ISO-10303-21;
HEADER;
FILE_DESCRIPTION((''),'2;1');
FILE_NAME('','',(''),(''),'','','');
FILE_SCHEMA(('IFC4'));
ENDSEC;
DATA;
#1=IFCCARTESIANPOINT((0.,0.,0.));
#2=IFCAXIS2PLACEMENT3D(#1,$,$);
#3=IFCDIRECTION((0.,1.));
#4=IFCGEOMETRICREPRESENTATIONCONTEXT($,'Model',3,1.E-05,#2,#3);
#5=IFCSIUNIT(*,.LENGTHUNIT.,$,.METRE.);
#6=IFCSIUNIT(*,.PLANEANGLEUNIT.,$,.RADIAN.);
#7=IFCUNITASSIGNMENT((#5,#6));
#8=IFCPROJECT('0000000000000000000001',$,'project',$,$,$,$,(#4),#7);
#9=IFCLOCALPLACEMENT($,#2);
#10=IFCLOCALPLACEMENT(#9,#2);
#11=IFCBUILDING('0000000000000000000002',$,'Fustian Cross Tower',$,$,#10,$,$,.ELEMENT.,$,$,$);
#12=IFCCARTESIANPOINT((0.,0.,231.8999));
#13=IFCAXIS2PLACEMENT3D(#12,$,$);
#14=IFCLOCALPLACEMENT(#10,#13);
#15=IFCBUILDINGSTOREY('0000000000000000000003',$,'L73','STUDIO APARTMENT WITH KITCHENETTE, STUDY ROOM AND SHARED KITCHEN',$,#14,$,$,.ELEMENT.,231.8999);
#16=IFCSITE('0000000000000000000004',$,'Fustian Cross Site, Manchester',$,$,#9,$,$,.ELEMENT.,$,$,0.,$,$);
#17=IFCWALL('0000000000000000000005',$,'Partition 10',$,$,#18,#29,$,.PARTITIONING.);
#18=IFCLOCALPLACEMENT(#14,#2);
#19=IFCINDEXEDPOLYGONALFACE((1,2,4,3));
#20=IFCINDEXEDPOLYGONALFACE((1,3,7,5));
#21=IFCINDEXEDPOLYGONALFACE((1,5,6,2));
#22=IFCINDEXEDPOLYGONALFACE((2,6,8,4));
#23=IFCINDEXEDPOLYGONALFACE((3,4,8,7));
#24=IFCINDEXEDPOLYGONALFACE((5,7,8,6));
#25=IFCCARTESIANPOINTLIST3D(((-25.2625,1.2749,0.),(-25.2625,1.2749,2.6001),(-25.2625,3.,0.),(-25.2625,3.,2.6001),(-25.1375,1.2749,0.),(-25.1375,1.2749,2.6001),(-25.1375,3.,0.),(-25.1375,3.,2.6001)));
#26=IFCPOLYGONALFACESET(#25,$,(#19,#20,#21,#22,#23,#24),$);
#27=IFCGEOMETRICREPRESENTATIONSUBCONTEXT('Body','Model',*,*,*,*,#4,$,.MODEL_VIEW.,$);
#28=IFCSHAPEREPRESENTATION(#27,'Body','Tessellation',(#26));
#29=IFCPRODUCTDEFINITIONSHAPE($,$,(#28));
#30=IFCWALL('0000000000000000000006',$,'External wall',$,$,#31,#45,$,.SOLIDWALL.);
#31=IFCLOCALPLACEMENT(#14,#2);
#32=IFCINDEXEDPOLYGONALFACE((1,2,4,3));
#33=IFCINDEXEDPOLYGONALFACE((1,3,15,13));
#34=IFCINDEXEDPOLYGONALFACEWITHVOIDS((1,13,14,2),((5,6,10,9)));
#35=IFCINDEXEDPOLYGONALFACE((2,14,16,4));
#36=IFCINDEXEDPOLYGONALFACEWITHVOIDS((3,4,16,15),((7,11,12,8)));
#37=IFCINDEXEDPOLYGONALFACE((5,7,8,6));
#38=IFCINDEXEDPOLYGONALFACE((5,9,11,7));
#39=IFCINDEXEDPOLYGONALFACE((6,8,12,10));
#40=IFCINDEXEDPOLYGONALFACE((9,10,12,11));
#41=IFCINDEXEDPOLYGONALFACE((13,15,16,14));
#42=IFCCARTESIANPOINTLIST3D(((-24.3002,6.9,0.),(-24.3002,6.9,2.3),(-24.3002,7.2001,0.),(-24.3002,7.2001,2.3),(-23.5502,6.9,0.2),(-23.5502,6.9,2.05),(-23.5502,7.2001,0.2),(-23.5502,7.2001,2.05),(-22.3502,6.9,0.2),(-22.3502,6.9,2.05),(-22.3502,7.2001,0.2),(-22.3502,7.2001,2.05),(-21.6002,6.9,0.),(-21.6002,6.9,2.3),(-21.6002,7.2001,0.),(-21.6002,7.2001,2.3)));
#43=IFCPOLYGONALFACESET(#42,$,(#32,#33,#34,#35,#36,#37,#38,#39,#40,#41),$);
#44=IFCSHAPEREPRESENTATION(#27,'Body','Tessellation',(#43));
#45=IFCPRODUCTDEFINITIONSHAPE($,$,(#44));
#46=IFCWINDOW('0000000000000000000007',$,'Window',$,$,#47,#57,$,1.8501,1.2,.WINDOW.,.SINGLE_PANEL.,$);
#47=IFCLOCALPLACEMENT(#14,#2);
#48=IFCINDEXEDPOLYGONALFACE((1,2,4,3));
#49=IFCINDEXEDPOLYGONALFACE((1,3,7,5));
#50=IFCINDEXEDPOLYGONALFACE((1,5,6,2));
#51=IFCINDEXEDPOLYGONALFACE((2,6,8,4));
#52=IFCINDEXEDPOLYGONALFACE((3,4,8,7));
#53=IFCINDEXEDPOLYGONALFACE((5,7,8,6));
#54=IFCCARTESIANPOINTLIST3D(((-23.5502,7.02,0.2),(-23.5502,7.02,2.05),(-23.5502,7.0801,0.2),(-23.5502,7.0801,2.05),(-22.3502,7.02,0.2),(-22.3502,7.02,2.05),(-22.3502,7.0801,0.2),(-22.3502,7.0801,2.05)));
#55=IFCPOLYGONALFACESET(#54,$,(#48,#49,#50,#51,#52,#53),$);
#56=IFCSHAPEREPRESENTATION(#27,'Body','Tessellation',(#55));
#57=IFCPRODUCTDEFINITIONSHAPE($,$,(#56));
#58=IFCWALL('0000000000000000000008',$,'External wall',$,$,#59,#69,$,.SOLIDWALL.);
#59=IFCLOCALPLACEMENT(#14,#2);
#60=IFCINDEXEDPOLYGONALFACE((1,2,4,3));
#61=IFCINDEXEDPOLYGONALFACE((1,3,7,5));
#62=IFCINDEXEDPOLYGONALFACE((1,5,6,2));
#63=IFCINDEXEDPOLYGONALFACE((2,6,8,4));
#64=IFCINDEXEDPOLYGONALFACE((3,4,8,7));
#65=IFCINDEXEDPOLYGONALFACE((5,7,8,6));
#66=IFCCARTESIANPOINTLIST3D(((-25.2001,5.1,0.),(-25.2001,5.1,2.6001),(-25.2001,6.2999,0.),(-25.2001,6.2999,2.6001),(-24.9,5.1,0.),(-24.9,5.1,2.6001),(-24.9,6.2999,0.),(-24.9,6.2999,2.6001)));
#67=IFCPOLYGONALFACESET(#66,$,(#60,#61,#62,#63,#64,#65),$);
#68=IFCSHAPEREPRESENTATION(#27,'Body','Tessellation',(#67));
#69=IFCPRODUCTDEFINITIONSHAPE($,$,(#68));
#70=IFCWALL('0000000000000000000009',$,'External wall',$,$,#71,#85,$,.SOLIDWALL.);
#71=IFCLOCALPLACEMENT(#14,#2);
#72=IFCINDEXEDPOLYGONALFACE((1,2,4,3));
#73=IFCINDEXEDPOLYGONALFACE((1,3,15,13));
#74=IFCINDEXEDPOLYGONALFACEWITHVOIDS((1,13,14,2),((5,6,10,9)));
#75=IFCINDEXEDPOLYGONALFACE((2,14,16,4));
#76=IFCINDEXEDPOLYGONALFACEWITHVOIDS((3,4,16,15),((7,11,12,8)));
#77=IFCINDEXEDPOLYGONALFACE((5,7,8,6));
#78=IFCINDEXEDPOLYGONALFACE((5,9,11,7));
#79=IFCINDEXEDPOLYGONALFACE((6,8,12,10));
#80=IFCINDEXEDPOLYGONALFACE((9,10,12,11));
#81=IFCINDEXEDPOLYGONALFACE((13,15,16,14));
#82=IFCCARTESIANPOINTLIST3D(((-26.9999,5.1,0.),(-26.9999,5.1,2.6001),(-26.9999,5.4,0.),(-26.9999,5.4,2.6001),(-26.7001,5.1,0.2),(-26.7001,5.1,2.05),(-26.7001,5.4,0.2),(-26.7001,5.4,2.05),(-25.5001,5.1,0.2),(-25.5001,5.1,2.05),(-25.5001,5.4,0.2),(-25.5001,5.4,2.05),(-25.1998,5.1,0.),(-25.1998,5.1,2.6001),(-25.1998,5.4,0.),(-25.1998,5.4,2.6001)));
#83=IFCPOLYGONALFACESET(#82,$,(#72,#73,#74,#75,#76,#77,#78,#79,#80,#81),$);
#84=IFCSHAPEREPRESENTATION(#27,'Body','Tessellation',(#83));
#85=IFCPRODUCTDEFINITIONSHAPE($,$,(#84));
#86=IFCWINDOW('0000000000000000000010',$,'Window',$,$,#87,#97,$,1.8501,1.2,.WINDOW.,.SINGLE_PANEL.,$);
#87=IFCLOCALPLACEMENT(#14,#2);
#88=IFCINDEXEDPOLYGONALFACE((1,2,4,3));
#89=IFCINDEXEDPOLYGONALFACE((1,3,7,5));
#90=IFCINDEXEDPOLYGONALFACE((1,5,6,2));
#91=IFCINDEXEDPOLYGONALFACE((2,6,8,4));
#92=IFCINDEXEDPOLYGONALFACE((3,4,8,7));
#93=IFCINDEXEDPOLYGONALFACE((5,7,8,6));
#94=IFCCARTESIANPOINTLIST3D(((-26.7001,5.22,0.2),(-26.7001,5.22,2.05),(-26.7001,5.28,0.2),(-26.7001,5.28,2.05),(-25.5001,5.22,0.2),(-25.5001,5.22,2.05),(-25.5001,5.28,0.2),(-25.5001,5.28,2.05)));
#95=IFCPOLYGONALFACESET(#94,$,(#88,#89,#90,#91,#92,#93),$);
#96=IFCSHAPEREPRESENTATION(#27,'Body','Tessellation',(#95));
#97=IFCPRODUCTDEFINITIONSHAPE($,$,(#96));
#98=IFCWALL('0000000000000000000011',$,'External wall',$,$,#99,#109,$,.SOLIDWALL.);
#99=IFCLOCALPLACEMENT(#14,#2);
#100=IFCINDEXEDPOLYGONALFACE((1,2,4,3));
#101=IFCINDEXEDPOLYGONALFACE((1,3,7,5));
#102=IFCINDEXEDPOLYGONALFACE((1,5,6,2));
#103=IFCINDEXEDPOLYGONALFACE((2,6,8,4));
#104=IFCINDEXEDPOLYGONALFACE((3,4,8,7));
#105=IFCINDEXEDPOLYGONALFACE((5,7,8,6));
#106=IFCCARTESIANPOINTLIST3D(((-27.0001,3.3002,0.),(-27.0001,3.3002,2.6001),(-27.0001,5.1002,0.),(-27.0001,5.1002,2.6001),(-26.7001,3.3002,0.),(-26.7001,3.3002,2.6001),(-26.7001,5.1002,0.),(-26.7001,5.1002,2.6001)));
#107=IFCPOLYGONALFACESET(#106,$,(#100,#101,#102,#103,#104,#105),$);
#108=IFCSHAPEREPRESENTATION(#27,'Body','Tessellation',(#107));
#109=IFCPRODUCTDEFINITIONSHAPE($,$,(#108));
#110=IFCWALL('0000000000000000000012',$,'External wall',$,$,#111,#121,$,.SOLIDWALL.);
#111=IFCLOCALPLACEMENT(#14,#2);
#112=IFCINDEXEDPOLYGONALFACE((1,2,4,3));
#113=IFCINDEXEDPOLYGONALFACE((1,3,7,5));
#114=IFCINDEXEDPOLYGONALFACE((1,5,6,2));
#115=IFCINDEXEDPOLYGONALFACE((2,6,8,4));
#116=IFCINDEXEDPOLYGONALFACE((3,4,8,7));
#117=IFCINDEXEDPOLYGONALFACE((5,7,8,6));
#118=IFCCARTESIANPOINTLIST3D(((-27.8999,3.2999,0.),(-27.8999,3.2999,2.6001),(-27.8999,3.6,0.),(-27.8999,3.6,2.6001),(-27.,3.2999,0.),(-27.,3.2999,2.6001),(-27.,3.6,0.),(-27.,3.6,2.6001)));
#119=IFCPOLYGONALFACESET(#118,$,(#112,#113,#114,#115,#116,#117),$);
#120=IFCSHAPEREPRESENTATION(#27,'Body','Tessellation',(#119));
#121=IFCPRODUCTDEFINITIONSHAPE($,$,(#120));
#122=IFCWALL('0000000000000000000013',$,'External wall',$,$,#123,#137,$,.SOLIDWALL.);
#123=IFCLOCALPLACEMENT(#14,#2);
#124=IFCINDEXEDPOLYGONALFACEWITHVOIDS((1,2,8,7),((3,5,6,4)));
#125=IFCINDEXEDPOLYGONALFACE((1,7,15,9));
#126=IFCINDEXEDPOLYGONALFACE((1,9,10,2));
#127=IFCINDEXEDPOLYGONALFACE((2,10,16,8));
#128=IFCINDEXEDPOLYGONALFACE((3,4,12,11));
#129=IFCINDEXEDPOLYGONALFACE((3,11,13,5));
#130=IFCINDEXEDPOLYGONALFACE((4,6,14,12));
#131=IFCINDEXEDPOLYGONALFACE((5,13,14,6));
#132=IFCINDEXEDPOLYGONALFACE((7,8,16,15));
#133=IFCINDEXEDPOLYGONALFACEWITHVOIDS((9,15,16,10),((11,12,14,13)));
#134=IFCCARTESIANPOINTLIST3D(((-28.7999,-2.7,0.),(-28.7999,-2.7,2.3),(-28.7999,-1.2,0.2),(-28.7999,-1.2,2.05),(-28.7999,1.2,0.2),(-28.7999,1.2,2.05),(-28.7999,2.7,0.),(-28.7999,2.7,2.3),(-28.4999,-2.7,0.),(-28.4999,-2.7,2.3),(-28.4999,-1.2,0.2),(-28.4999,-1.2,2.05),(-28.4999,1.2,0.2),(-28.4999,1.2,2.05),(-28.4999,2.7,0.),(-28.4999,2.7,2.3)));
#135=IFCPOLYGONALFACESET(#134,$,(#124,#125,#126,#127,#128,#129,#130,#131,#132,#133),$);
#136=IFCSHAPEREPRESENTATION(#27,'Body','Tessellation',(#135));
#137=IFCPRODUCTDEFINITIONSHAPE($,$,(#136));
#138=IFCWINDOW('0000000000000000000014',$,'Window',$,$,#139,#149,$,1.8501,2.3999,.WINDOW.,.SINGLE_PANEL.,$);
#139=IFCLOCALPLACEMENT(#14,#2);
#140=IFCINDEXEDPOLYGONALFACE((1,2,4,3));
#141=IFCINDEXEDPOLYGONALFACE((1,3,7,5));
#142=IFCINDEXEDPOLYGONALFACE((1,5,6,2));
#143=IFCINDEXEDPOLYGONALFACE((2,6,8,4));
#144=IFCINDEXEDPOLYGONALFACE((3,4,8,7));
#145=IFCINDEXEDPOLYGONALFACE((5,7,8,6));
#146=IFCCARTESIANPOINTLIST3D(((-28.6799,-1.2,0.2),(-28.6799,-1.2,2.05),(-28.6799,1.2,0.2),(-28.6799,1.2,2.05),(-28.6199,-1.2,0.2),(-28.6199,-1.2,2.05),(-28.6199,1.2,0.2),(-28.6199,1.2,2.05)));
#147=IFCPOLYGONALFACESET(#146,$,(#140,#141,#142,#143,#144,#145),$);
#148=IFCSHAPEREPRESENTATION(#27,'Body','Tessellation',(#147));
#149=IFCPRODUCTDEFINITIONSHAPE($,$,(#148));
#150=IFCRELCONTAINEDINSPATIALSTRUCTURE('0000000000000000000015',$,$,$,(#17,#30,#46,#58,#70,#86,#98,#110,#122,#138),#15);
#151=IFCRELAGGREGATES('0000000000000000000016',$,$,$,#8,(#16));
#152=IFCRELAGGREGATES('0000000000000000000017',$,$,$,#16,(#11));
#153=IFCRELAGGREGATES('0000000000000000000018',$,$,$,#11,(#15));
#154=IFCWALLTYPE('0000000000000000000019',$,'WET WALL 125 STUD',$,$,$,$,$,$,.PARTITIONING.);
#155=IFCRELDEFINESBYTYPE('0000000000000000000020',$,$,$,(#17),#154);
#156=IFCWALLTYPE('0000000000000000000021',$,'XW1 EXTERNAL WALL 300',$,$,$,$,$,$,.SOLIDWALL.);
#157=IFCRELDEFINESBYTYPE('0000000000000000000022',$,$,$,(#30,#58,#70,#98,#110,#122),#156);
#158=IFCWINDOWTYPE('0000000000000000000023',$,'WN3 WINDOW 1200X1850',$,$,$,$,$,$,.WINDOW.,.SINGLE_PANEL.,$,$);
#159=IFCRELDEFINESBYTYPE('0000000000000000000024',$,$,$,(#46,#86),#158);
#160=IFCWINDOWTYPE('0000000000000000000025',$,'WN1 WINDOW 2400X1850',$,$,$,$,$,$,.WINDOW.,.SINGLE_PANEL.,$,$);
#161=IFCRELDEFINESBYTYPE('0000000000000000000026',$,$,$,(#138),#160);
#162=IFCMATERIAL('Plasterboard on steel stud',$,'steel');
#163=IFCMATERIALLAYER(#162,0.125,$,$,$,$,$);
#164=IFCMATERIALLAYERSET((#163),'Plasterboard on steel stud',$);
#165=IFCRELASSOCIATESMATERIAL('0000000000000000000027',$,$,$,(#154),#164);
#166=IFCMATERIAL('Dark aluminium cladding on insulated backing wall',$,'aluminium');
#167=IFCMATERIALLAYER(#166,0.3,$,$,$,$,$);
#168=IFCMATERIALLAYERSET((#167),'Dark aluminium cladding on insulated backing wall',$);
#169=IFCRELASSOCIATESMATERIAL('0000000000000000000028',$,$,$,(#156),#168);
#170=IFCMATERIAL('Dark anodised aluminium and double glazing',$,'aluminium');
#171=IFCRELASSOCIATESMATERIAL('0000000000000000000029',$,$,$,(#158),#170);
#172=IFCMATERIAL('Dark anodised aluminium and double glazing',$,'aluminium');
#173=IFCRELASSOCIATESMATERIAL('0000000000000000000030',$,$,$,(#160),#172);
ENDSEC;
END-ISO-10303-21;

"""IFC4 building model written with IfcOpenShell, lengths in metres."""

from ifc_helpers import new_model, si_unit, direction, frame, frame_2d, origin, place, context, subcontext, project, spatial, rectangle, extrude, material, layer, layer_set, type_object, element, fill, save


model = new_model("IFC4")

# Units and contexts
model_context = context("Model", 3, precision=1e-05, world=origin(), true_north=direction((0.0, 1.0)))
body_context = subcontext(model_context, "Body", "Model", "MODEL_VIEW")
ifc_project = project(units=[si_unit("LENGTHUNIT", "METRE"), si_unit("PLANEANGLEUNIT", "RADIAN")], contexts=[model_context])

# Site, building, storey
site_placement = place(None, origin())
site = spatial("IfcSite", under=ifc_project, at=site_placement, Name="Fustian Cross Site, Manchester", CompositionType="ELEMENT", RefElevation=0.0)
building_placement = place(site_placement, origin())
building = spatial("IfcBuilding", under=site, at=building_placement, Name="Fustian Cross Tower", CompositionType="ELEMENT")
storey_placement = place(building_placement, frame((0.0, 0.0, 231.8999)))
storey = spatial("IfcBuildingStorey", under=building, at=storey_placement, Name="L73", Description="STUDIO APARTMENT WITH KITCHENETTE, STUDY ROOM AND SHARED KITCHEN", CompositionType="ELEMENT", Elevation=231.8999)

# Wall
ifc_material_1 = material(Name="Plasterboard on steel stud", Category="steel")
ifc_layer_1 = layer(ifc_material_1, 0.125)
ifc_layer_set_1 = layer_set([ifc_layer_1], Name="Plasterboard on steel stud")
wall_type_1 = type_object("IfcWallType", Name="WET WALL 125 STUD", PredefinedType="PARTITIONING", material=ifc_layer_set_1)
wall_1_placement = place(storey_placement, frame((-25.2, 1.2749, 0.0), z_axis=(0.0, 0.0, 1.0), x_axis=(0.0, 1.0, 0.0)))
element("IfcWall", 1, at=wall_1_placement, inside=storey, type_object=wall_type_1, Name="Partition 10", PredefinedType="PARTITIONING", context=body_context, shape_type="SweptSolid", body=[
    extrude(rectangle(XDim=1.7251, YDim=0.125, at=frame_2d((0.8625, 0.0))), origin(), (0.0, 0.0, 1.0), 2.6001),
])

# Wall, opening, window
ifc_material_2 = material(Name="Dark aluminium cladding on insulated backing wall", Category="aluminium")
ifc_layer_2 = layer(ifc_material_2, 0.3)
ifc_layer_set_2 = layer_set([ifc_layer_2], Name="Dark aluminium cladding on insulated backing wall")
wall_type_2 = type_object("IfcWallType", Name="XW1 EXTERNAL WALL 300", PredefinedType="SOLIDWALL", material=ifc_layer_set_2)
wall_2_placement = place(storey_placement, frame((-21.6001, 7.05, 0.0), z_axis=(0.0, 0.0, 1.0), x_axis=(-1.0, 0.0, 0.0)))
wall_2 = element("IfcWall", 2, at=wall_2_placement, inside=storey, type_object=wall_type_2, Name="External wall", PredefinedType="SOLIDWALL", context=body_context, shape_type="SweptSolid", body=[
    extrude(rectangle(XDim=2.7, YDim=0.3, at=frame_2d((1.3501, 0.0))), origin(), (0.0, 0.0, 1.0), 2.3),
])
opening_1_placement = place(wall_2_placement, frame((0.75, 0.0, 0.2)))
opening_1 = element("IfcOpeningElement", 3, at=opening_1_placement, cuts=wall_2, PredefinedType="OPENING", context=body_context, shape_type="SweptSolid", body=[
    extrude(rectangle(XDim=1.2, YDim=1.8501, at=frame_2d((0.6001, 0.925))), frame((0.0, 0.1599, 0.0), z_axis=(0.0, -1.0, 0.0), x_axis=(1.0, 0.0, 0.0)), (0.0, 0.0, 1.0), 0.3201),
])
ifc_material_3 = material(Name="Dark anodised aluminium and double glazing", Category="aluminium")
window_type_1 = type_object("IfcWindowType", Name="WN3 WINDOW 1200X1850", PartitioningType="SINGLE_PANEL", PredefinedType="WINDOW", material=ifc_material_3)
window_1_placement = place(opening_1_placement, origin())
window_1 = element("IfcWindow", 4, at=window_1_placement, inside=storey, type_object=window_type_1, Name="Window", OverallHeight=1.8501, OverallWidth=1.2, PartitioningType="SINGLE_PANEL", PredefinedType="WINDOW", context=body_context, shape_type="SweptSolid", body=[
    extrude(rectangle(XDim=1.2, YDim=1.8501, at=frame_2d((0.6001, 0.925))), frame((0.0, 0.03, 0.0), z_axis=(0.0, -1.0, 0.0), x_axis=(1.0, 0.0, 0.0)), (0.0, 0.0, 1.0), 0.0601),
])
fill(opening_1, window_1)

# Wall
wall_3_placement = place(storey_placement, frame((-25.05, 6.3, 0.0), z_axis=(0.0, 0.0, 1.0), x_axis=(0.0, -1.0, 0.0)))
element("IfcWall", 5, at=wall_3_placement, inside=storey, type_object=wall_type_2, Name="External wall", PredefinedType="SOLIDWALL", context=body_context, shape_type="SweptSolid", body=[
    extrude(rectangle(XDim=1.2, YDim=0.3, at=frame_2d((0.6001, 0.0))), origin(), (0.0, 0.0, 1.0), 2.6001),
])

# Wall, opening, window
wall_4_placement = place(storey_placement, frame((-25.2, 5.25, 0.0), z_axis=(0.0, 0.0, 1.0), x_axis=(-1.0, 0.0, 0.0)))
wall_4 = element("IfcWall", 6, at=wall_4_placement, inside=storey, type_object=wall_type_2, Name="External wall", PredefinedType="SOLIDWALL", context=body_context, shape_type="SweptSolid", body=[
    extrude(rectangle(XDim=1.8, YDim=0.3, at=frame_2d((0.8999, 0.0))), origin(), (0.0, 0.0, 1.0), 2.6001),
])
opening_2_placement = place(wall_4_placement, frame((0.3, 0.0, 0.2)))
opening_2 = element("IfcOpeningElement", 7, at=opening_2_placement, cuts=wall_4, PredefinedType="OPENING", context=body_context, shape_type="SweptSolid", body=[
    extrude(rectangle(XDim=1.2, YDim=1.8501, at=frame_2d((0.6001, 0.925))), frame((0.0, 0.1599, 0.0), z_axis=(0.0, -1.0, 0.0), x_axis=(1.0, 0.0, 0.0)), (0.0, 0.0, 1.0), 0.3201),
])
window_2_placement = place(opening_2_placement, origin())
window_2 = element("IfcWindow", 8, at=window_2_placement, inside=storey, type_object=window_type_1, Name="Window", OverallHeight=1.8501, OverallWidth=1.2, PartitioningType="SINGLE_PANEL", PredefinedType="WINDOW", context=body_context, shape_type="SweptSolid", body=[
    extrude(rectangle(XDim=1.2, YDim=1.8501, at=frame_2d((0.6001, 0.925))), frame((0.0, 0.03, 0.0), z_axis=(0.0, -1.0, 0.0), x_axis=(1.0, 0.0, 0.0)), (0.0, 0.0, 1.0), 0.0601),
])
fill(opening_2, window_2)

# Walls
wall_5_placement = place(storey_placement, frame((-26.8501, 5.1001, 0.0), z_axis=(0.0, 0.0, 1.0), x_axis=(0.0, -1.0, 0.0)))
element("IfcWall", 9, at=wall_5_placement, inside=storey, type_object=wall_type_2, Name="External wall", PredefinedType="SOLIDWALL", context=body_context, shape_type="SweptSolid", body=[
    extrude(rectangle(XDim=1.8, YDim=0.3, at=frame_2d((0.8999, 0.0))), origin(), (0.0, 0.0, 1.0), 2.6001),
])
wall_6_placement = place(storey_placement, frame((-27.0, 3.45, 0.0), z_axis=(0.0, 0.0, 1.0), x_axis=(-1.0, 0.0, 0.0)))
element("IfcWall", 10, at=wall_6_placement, inside=storey, type_object=wall_type_2, Name="External wall", PredefinedType="SOLIDWALL", context=body_context, shape_type="SweptSolid", body=[
    extrude(rectangle(XDim=0.8999, YDim=0.3, at=frame_2d((0.45, 0.0))), origin(), (0.0, 0.0, 1.0), 2.6001),
])

# Wall, opening, window
wall_7_placement = place(storey_placement, frame((-28.6499, 2.7, 0.0), z_axis=(0.0, 0.0, 1.0), x_axis=(0.0, -1.0, 0.0)))
wall_7 = element("IfcWall", 11, at=wall_7_placement, inside=storey, type_object=wall_type_2, Name="External wall", PredefinedType="SOLIDWALL", context=body_context, shape_type="SweptSolid", body=[
    extrude(rectangle(XDim=5.3999, YDim=0.3, at=frame_2d((2.7, 0.0))), origin(), (0.0, 0.0, 1.0), 2.3),
])
opening_3_placement = place(wall_7_placement, frame((1.5, 0.0, 0.2)))
opening_3 = element("IfcOpeningElement", 12, at=opening_3_placement, cuts=wall_7, PredefinedType="OPENING", context=body_context, shape_type="SweptSolid", body=[
    extrude(rectangle(XDim=2.3999, YDim=1.8501, at=frame_2d((1.2, 0.925))), frame((0.0, 0.1599, 0.0), z_axis=(0.0, -1.0, 0.0), x_axis=(1.0, 0.0, 0.0)), (0.0, 0.0, 1.0), 0.3201),
])
ifc_material_4 = material(Name="Dark anodised aluminium and double glazing", Category="aluminium")
window_type_2 = type_object("IfcWindowType", Name="WN1 WINDOW 2400X1850", PartitioningType="SINGLE_PANEL", PredefinedType="WINDOW", material=ifc_material_4)
window_3_placement = place(opening_3_placement, origin())
window_3 = element("IfcWindow", 13, at=window_3_placement, inside=storey, type_object=window_type_2, Name="Window", OverallHeight=1.8501, OverallWidth=2.3999, PartitioningType="SINGLE_PANEL", PredefinedType="WINDOW", context=body_context, shape_type="SweptSolid", body=[
    extrude(rectangle(XDim=2.3999, YDim=1.8501, at=frame_2d((1.2, 0.925))), frame((0.0, 0.03, 0.0), z_axis=(0.0, -1.0, 0.0), x_axis=(1.0, 0.0, 0.0)), (0.0, 0.0, 1.0), 0.0601),
])
fill(opening_3, window_3)

save(model, "model.ifc")
